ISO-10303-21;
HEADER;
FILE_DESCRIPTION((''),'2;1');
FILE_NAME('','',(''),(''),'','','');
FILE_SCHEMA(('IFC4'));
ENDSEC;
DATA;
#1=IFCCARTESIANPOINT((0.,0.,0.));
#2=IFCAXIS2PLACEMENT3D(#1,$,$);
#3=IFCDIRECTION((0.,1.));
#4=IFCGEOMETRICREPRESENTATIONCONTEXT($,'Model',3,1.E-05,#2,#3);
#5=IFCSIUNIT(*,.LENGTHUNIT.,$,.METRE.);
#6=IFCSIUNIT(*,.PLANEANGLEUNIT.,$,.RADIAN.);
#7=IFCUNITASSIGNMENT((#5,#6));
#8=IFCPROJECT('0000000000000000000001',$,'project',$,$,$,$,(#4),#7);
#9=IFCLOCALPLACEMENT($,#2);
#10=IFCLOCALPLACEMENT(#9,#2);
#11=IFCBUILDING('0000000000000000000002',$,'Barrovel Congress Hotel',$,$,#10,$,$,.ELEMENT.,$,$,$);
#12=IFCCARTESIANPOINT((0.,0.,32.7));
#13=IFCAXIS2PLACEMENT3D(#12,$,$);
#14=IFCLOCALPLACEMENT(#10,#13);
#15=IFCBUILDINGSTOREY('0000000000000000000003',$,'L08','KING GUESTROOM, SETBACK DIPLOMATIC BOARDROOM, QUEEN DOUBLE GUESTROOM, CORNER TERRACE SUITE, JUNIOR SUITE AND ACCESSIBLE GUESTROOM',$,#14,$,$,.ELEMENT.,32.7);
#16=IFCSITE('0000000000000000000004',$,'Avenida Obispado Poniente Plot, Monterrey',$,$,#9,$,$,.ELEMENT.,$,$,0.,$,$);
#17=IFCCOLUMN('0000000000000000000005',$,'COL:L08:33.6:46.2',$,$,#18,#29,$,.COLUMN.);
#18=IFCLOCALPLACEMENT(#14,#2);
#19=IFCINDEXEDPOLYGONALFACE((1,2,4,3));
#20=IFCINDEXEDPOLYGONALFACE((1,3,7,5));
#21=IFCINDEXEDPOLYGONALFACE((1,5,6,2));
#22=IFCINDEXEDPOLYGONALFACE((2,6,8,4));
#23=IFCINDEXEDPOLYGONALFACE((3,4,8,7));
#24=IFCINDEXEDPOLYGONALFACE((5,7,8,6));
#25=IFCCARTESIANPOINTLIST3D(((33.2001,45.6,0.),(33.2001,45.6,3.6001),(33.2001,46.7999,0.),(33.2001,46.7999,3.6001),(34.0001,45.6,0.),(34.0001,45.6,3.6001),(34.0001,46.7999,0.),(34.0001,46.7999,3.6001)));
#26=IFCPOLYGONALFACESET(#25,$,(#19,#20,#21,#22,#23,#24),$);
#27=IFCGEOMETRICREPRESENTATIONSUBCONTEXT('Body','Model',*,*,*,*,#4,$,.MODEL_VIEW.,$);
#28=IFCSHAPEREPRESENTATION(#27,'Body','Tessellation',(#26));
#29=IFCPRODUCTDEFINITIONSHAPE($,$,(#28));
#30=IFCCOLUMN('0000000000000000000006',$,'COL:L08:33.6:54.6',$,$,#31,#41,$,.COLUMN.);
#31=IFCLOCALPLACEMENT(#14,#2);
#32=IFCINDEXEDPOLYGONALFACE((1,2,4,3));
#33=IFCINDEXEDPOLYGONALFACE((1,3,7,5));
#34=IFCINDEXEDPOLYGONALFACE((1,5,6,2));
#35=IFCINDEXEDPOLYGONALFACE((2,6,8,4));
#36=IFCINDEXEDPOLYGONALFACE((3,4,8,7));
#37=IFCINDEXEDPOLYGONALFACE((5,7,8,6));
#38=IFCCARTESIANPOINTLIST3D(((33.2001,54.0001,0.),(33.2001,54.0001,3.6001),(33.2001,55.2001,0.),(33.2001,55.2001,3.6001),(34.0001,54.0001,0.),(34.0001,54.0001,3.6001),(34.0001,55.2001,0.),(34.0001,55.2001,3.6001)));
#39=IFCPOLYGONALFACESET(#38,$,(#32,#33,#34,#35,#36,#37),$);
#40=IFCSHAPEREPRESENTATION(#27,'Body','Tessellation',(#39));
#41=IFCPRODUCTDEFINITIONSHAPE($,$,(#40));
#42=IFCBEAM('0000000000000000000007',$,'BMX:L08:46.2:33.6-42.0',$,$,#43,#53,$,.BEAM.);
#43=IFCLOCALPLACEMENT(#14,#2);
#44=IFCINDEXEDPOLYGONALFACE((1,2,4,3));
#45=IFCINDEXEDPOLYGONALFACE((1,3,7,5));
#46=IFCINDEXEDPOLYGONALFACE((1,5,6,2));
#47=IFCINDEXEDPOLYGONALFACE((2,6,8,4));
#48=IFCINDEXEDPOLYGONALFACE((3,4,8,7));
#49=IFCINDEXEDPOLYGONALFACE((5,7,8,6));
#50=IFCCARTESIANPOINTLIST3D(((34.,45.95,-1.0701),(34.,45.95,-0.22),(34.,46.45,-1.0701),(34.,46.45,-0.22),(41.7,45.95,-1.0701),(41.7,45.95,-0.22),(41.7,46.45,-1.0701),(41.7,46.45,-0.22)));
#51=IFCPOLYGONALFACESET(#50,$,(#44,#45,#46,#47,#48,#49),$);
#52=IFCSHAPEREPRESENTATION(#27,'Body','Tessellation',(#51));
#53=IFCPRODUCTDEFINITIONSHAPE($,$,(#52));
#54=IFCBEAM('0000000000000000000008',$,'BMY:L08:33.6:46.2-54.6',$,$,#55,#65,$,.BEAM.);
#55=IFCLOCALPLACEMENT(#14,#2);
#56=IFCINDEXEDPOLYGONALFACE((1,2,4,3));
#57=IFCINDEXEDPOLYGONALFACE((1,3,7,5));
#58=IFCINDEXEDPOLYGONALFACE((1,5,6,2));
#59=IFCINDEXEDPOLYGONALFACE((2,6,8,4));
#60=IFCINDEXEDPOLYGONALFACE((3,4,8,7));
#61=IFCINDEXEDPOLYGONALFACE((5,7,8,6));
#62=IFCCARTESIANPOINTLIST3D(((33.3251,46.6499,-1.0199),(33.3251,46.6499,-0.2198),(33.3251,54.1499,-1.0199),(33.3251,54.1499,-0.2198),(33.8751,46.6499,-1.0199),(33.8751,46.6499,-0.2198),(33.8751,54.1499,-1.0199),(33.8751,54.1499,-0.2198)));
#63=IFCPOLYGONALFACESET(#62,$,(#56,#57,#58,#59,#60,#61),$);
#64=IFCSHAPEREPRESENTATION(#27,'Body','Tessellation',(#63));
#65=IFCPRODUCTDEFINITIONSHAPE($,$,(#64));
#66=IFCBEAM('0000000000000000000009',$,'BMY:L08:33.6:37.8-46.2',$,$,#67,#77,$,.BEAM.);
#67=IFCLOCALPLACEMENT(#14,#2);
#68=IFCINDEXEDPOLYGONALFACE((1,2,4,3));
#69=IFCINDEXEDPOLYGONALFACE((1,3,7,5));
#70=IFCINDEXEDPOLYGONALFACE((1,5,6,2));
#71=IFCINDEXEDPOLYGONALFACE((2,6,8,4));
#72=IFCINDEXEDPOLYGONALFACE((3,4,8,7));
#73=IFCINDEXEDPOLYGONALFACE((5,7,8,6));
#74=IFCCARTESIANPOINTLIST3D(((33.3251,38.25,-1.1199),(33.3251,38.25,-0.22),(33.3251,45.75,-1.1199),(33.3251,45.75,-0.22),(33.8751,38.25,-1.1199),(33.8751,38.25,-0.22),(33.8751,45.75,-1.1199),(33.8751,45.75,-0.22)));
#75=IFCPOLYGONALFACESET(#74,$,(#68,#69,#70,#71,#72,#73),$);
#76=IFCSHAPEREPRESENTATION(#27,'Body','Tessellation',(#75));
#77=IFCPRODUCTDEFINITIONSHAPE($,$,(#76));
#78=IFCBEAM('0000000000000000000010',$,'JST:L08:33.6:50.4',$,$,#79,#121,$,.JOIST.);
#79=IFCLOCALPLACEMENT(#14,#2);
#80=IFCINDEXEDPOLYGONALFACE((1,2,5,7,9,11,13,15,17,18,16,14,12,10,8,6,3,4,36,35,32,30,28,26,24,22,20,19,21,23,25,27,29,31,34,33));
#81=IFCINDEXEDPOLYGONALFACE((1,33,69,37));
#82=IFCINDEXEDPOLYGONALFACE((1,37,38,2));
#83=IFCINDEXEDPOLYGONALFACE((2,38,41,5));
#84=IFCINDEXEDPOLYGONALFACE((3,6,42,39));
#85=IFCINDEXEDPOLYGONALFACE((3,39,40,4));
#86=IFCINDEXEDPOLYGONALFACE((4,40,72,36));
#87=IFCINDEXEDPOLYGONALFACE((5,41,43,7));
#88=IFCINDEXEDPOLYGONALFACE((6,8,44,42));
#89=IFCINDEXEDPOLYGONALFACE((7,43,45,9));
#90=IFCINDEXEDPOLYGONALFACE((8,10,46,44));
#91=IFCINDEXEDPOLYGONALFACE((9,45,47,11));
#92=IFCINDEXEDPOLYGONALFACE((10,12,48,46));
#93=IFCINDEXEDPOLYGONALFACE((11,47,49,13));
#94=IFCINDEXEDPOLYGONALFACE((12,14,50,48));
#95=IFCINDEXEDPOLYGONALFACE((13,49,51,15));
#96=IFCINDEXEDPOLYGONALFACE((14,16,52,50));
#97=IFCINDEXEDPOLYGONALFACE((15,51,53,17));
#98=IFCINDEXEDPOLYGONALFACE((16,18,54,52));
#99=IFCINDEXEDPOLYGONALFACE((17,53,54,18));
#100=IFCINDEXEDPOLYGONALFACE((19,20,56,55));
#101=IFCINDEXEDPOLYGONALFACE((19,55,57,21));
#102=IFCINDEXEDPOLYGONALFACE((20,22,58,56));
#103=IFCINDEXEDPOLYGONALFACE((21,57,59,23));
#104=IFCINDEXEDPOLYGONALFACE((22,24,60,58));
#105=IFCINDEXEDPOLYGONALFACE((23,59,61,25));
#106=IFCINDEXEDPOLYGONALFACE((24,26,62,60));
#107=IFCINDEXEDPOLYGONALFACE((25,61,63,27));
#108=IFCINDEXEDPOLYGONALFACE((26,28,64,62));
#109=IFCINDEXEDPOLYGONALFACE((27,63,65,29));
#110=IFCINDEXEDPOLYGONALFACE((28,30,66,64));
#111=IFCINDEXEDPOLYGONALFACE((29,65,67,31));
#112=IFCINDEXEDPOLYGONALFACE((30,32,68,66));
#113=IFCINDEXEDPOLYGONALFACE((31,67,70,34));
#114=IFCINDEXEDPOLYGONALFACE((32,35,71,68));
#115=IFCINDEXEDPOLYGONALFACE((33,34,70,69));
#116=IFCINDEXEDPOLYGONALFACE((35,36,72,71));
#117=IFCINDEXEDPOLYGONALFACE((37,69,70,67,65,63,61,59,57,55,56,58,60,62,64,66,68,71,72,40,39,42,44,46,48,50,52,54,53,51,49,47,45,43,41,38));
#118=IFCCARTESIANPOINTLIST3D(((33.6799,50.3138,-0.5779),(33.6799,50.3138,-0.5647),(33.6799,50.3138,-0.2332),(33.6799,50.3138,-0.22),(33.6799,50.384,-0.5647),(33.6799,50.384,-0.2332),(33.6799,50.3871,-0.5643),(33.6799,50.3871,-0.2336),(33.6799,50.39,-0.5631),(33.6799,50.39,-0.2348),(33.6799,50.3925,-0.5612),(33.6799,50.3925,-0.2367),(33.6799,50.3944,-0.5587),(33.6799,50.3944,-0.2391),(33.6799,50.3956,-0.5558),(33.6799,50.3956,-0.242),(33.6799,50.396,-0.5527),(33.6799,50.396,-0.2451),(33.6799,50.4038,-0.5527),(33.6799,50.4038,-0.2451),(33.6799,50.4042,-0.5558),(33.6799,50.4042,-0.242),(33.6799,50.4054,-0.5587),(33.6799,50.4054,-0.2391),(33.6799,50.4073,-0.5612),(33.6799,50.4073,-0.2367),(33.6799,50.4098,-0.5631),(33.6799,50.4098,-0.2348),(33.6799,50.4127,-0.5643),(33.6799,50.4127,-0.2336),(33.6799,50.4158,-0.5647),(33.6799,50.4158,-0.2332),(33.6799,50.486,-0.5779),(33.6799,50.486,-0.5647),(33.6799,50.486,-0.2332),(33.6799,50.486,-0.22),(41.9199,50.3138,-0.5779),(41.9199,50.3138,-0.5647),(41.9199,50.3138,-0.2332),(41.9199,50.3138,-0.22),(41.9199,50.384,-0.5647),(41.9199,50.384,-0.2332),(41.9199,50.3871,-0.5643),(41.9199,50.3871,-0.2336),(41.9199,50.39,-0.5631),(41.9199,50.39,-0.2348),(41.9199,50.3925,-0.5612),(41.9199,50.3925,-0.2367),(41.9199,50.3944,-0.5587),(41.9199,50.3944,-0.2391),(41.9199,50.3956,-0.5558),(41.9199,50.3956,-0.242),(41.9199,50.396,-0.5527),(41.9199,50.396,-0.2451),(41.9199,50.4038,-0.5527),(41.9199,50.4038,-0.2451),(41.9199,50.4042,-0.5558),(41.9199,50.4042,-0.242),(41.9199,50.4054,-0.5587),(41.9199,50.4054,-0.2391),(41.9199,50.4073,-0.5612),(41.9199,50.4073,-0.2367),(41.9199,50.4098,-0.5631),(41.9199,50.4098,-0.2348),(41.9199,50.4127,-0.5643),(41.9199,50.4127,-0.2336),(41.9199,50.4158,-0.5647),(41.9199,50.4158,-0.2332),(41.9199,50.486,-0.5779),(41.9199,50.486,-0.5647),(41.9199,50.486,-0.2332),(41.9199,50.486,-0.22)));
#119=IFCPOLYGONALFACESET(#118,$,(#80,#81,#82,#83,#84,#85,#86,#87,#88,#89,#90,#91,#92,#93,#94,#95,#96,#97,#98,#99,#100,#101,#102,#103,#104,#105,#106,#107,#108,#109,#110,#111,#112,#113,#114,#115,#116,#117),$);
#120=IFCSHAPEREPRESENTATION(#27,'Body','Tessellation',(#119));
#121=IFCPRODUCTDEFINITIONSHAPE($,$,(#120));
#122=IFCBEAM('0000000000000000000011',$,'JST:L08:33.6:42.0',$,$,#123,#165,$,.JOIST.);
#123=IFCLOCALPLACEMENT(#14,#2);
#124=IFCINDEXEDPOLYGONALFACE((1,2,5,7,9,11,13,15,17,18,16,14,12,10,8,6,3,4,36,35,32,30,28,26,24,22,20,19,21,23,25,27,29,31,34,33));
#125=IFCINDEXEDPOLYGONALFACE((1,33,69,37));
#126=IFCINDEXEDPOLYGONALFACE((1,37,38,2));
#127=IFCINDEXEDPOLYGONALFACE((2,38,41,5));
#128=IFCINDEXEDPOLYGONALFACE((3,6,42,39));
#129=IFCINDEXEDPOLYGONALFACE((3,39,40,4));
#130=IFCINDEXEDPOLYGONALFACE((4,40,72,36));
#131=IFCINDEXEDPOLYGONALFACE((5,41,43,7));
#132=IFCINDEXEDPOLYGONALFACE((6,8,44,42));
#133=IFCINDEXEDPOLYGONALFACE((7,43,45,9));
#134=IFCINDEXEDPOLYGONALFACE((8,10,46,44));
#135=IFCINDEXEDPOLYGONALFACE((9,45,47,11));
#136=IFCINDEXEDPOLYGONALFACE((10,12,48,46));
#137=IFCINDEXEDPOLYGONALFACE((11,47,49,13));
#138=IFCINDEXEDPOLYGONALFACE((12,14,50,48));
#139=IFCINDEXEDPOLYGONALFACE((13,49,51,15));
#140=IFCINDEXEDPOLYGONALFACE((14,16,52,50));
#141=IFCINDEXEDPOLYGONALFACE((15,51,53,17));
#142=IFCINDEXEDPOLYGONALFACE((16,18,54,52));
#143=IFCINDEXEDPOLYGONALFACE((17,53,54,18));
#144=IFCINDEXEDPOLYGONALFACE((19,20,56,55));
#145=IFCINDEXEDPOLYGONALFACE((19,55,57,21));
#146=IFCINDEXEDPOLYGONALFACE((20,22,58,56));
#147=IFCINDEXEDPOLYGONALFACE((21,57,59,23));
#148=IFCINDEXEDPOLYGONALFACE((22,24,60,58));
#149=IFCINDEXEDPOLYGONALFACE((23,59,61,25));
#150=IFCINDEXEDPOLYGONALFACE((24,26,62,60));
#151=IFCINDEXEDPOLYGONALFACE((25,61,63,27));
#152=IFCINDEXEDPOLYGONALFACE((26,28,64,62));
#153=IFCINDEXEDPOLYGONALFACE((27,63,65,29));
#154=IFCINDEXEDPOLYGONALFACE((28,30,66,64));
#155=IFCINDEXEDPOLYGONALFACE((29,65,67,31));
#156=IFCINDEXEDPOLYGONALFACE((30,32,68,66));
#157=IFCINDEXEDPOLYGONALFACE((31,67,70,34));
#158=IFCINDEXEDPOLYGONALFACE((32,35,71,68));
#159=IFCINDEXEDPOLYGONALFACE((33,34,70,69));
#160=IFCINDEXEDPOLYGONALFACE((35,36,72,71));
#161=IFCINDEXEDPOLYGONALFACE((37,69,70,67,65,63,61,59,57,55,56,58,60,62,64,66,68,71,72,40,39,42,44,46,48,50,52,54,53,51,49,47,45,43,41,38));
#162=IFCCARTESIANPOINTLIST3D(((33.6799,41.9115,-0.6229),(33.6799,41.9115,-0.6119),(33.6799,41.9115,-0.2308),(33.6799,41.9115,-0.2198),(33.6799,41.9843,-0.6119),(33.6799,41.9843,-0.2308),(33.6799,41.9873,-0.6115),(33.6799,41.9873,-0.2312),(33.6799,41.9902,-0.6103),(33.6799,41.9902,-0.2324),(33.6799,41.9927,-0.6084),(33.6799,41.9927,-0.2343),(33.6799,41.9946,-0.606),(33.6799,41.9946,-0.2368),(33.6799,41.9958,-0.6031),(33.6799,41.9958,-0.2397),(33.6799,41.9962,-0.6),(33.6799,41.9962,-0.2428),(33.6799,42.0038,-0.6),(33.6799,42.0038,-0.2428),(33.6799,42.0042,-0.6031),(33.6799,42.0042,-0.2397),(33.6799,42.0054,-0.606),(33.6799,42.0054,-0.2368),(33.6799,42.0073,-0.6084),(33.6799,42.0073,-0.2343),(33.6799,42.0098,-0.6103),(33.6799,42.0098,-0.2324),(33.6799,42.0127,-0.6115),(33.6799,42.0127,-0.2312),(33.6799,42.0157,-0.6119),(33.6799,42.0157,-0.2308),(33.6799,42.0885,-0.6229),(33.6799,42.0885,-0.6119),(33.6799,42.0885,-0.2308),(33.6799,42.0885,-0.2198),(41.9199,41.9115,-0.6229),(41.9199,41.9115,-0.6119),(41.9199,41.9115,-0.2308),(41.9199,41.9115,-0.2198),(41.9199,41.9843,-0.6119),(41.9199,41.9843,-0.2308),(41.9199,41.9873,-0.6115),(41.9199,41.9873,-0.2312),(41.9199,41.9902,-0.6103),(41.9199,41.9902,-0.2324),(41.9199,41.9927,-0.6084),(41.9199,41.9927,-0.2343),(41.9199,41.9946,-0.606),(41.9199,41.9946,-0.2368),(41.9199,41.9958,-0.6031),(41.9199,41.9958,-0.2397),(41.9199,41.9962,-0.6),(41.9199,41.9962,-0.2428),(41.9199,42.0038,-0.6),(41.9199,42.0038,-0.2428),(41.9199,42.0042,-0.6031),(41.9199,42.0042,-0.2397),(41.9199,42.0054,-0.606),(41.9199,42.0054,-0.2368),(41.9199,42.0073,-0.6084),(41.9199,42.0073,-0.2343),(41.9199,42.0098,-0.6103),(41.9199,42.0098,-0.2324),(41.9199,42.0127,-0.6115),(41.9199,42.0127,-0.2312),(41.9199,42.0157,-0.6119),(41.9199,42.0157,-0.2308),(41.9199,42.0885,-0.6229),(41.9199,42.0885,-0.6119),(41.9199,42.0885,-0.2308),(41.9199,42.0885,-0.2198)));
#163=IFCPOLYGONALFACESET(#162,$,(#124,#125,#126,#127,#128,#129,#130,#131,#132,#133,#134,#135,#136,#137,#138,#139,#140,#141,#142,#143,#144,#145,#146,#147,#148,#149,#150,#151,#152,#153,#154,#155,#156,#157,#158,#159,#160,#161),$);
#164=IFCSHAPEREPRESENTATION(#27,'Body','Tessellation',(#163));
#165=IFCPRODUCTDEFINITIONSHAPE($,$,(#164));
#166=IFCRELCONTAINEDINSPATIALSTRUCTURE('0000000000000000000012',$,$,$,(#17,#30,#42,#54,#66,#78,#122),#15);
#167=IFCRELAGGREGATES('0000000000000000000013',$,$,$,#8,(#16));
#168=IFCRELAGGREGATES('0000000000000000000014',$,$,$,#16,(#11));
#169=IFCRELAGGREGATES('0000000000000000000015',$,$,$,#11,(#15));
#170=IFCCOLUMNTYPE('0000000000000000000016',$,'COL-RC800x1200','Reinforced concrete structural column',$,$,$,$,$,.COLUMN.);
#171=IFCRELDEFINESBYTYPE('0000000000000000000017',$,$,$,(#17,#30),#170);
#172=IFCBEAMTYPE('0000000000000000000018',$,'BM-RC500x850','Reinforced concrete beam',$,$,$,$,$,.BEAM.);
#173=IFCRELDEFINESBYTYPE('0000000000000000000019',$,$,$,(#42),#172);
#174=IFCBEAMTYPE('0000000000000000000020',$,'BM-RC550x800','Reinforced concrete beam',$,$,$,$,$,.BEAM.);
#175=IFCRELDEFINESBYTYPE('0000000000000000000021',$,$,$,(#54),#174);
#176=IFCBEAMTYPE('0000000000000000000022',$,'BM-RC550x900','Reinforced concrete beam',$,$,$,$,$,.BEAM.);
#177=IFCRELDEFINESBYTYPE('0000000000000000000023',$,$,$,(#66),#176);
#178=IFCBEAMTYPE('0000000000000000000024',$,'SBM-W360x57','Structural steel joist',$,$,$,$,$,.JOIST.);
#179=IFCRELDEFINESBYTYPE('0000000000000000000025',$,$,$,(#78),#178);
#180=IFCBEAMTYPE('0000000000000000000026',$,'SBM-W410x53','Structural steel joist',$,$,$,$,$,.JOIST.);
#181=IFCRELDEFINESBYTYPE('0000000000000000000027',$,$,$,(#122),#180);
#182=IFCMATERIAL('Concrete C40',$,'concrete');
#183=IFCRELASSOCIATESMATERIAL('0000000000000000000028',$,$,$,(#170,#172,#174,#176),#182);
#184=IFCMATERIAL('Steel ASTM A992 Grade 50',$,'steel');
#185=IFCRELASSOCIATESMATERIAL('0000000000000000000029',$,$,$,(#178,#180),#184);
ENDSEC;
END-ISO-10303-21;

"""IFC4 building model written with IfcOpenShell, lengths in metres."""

from ifc_helpers import new_model, si_unit, direction, frame, origin, origin_2d, place, context, subcontext, project, spatial, rectangle, i_section, extrude, material, material_profile, profile_set, type_object, element, save


model = new_model("IFC4")

# Units and contexts
model_context = context("Model", 3, precision=1e-05, world=origin(), true_north=direction((0.0, 1.0)))
body_context = subcontext(model_context, "Body", "Model", "MODEL_VIEW")
ifc_project = project(units=[si_unit("LENGTHUNIT", "METRE"), si_unit("PLANEANGLEUNIT", "RADIAN")], contexts=[model_context])

# Site, building, storey
site_placement = place(None, origin())
site = spatial("IfcSite", under=ifc_project, at=site_placement, Name="Avenida Obispado Poniente Plot, Monterrey", CompositionType="ELEMENT", RefElevation=0.0)
building_placement = place(site_placement, origin())
building = spatial("IfcBuilding", under=site, at=building_placement, Name="Barrovel Congress Hotel", CompositionType="ELEMENT")
storey_placement = place(building_placement, frame((0.0, 0.0, 32.7)))
storey = spatial("IfcBuildingStorey", under=building, at=storey_placement, Name="L08", Description="KING GUESTROOM, SETBACK DIPLOMATIC BOARDROOM, QUEEN DOUBLE GUESTROOM, CORNER TERRACE SUITE, JUNIOR SUITE AND ACCESSIBLE GUESTROOM", CompositionType="ELEMENT", Elevation=32.7)

# Columns
ifc_material_1 = material(Name="Concrete C40", Category="concrete")
ifc_material_profile_1 = material_profile(ifc_material_1, rectangle(XDim=0.8, YDim=1.2, at=origin_2d()), Name="RC800x1200")
ifc_profile_set_1 = profile_set([ifc_material_profile_1], Name="Concrete C40")
column_type = type_object("IfcColumnType", Name="COL-RC800x1200", Description="Reinforced concrete structural column", PredefinedType="COLUMN", material=ifc_profile_set_1)
for number, where, z_axis, x_axis, name in (
    (1, (33.6001, 46.2, 0.0), (0.0, 0.0, 1.0), (1.0, 0.0, 0.0), "COL:L08:33.6:46.2"),
    (2, (33.6001, 54.6001, 0.0), (0.0, 0.0, 1.0), (1.0, 0.0, 0.0), "COL:L08:33.6:54.6"),
):
    element("IfcColumn", number, at=place(storey_placement, frame(where, z_axis=z_axis, x_axis=x_axis)), inside=storey, type_object=column_type, Name=name, PredefinedType="COLUMN", context=body_context, shape_type="SweptSolid", body=[
        extrude(rectangle(XDim=0.8, YDim=1.2, at=origin_2d()), origin(), (0.0, 0.0, 1.0), 3.6001),
    ])

# Beams
ifc_material_profile_2 = material_profile(ifc_material_1, rectangle(XDim=0.5, YDim=0.8501, at=origin_2d()), Name="RC500x850")
ifc_profile_set_2 = profile_set([ifc_material_profile_2], Name="Concrete C40")
beam_type_1 = type_object("IfcBeamType", Name="BM-RC500x850", Description="Reinforced concrete beam", PredefinedType="BEAM", material=ifc_profile_set_2)
beam_1_placement = place(storey_placement, frame((34.0, 46.2, -0.645), z_axis=(1.0, 0.0, 0.0), x_axis=(0.0, 1.0, 0.0)))
element("IfcBeam", 3, at=beam_1_placement, inside=storey, type_object=beam_type_1, Name="BMX:L08:46.2:33.6-42.0", PredefinedType="BEAM", context=body_context, shape_type="SweptSolid", body=[
    extrude(rectangle(XDim=0.5, YDim=0.8501, at=origin_2d()), origin(), (0.0, 0.0, 1.0), 7.7),
])
ifc_material_profile_3 = material_profile(ifc_material_1, rectangle(XDim=0.55, YDim=0.8, at=origin_2d()), Name="RC550x800")
ifc_profile_set_3 = profile_set([ifc_material_profile_3], Name="Concrete C40")
beam_type_2 = type_object("IfcBeamType", Name="BM-RC550x800", Description="Reinforced concrete beam", PredefinedType="BEAM", material=ifc_profile_set_3)
beam_2_placement = place(storey_placement, frame((33.6001, 46.6499, -0.6199), z_axis=(0.0, 1.0, 0.0), x_axis=(-1.0, 0.0, 0.0)))
element("IfcBeam", 4, at=beam_2_placement, inside=storey, type_object=beam_type_2, Name="BMY:L08:33.6:46.2-54.6", PredefinedType="BEAM", context=body_context, shape_type="SweptSolid", body=[
    extrude(rectangle(XDim=0.55, YDim=0.8, at=origin_2d()), origin(), (0.0, 0.0, 1.0), 7.5),
])
ifc_material_profile_4 = material_profile(ifc_material_1, rectangle(XDim=0.55, YDim=0.8999, at=origin_2d()), Name="RC550x900")
ifc_profile_set_4 = profile_set([ifc_material_profile_4], Name="Concrete C40")
beam_type_3 = type_object("IfcBeamType", Name="BM-RC550x900", Description="Reinforced concrete beam", PredefinedType="BEAM", material=ifc_profile_set_4)
beam_3_placement = place(storey_placement, frame((33.6001, 38.25, -0.6699), z_axis=(0.0, 1.0, 0.0), x_axis=(-1.0, 0.0, 0.0)))
element("IfcBeam", 5, at=beam_3_placement, inside=storey, type_object=beam_type_3, Name="BMY:L08:33.6:37.8-46.2", PredefinedType="BEAM", context=body_context, shape_type="SweptSolid", body=[
    extrude(rectangle(XDim=0.55, YDim=0.8999, at=origin_2d()), origin(), (0.0, 0.0, 1.0), 7.5),
])
ifc_material_2 = material(Name="Steel ASTM A992 Grade 50", Category="steel")
ifc_material_profile_5 = material_profile(ifc_material_2, i_section(OverallWidth=0.1721, OverallDepth=0.3579, WebThickness=0.0078, FlangeThickness=0.0132, FilletRadius=0.012, at=origin_2d()), Name="W360x57")
ifc_profile_set_5 = profile_set([ifc_material_profile_5], Name="Steel ASTM A992 Grade 50")
beam_type_4 = type_object("IfcBeamType", Name="SBM-W360x57", Description="Structural steel joist", PredefinedType="JOIST", material=ifc_profile_set_5)
beam_4_placement = place(storey_placement, frame((33.6799, 50.3999, -0.3989), z_axis=(1.0, 0.0, 0.0), x_axis=(0.0, 1.0, 0.0)))
element("IfcBeam", 6, at=beam_4_placement, inside=storey, type_object=beam_type_4, Name="JST:L08:33.6:50.4", PredefinedType="JOIST", context=body_context, shape_type="SweptSolid", body=[
    extrude(i_section(OverallWidth=0.1721, OverallDepth=0.3579, WebThickness=0.0078, FlangeThickness=0.0132, FilletRadius=0.012, at=origin_2d()), origin(), (0.0, 0.0, 1.0), 8.24),
])
ifc_material_profile_6 = material_profile(ifc_material_2, i_section(OverallWidth=0.177, OverallDepth=0.4031, WebThickness=0.0076, FlangeThickness=0.011, FilletRadius=0.012, at=origin_2d()), Name="W410x53")
ifc_profile_set_6 = profile_set([ifc_material_profile_6], Name="Steel ASTM A992 Grade 50")
beam_type_5 = type_object("IfcBeamType", Name="SBM-W410x53", Description="Structural steel joist", PredefinedType="JOIST", material=ifc_profile_set_6)
beam_5_placement = place(storey_placement, frame((33.6799, 42.0, -0.4214), z_axis=(1.0, 0.0, 0.0), x_axis=(0.0, 1.0, 0.0)))
element("IfcBeam", 7, at=beam_5_placement, inside=storey, type_object=beam_type_5, Name="JST:L08:33.6:42.0", PredefinedType="JOIST", context=body_context, shape_type="SweptSolid", body=[
    extrude(i_section(OverallWidth=0.177, OverallDepth=0.4031, WebThickness=0.0076, FlangeThickness=0.011, FilletRadius=0.012, at=origin_2d()), origin(), (0.0, 0.0, 1.0), 8.24),
])

save(model, "model.ifc")
